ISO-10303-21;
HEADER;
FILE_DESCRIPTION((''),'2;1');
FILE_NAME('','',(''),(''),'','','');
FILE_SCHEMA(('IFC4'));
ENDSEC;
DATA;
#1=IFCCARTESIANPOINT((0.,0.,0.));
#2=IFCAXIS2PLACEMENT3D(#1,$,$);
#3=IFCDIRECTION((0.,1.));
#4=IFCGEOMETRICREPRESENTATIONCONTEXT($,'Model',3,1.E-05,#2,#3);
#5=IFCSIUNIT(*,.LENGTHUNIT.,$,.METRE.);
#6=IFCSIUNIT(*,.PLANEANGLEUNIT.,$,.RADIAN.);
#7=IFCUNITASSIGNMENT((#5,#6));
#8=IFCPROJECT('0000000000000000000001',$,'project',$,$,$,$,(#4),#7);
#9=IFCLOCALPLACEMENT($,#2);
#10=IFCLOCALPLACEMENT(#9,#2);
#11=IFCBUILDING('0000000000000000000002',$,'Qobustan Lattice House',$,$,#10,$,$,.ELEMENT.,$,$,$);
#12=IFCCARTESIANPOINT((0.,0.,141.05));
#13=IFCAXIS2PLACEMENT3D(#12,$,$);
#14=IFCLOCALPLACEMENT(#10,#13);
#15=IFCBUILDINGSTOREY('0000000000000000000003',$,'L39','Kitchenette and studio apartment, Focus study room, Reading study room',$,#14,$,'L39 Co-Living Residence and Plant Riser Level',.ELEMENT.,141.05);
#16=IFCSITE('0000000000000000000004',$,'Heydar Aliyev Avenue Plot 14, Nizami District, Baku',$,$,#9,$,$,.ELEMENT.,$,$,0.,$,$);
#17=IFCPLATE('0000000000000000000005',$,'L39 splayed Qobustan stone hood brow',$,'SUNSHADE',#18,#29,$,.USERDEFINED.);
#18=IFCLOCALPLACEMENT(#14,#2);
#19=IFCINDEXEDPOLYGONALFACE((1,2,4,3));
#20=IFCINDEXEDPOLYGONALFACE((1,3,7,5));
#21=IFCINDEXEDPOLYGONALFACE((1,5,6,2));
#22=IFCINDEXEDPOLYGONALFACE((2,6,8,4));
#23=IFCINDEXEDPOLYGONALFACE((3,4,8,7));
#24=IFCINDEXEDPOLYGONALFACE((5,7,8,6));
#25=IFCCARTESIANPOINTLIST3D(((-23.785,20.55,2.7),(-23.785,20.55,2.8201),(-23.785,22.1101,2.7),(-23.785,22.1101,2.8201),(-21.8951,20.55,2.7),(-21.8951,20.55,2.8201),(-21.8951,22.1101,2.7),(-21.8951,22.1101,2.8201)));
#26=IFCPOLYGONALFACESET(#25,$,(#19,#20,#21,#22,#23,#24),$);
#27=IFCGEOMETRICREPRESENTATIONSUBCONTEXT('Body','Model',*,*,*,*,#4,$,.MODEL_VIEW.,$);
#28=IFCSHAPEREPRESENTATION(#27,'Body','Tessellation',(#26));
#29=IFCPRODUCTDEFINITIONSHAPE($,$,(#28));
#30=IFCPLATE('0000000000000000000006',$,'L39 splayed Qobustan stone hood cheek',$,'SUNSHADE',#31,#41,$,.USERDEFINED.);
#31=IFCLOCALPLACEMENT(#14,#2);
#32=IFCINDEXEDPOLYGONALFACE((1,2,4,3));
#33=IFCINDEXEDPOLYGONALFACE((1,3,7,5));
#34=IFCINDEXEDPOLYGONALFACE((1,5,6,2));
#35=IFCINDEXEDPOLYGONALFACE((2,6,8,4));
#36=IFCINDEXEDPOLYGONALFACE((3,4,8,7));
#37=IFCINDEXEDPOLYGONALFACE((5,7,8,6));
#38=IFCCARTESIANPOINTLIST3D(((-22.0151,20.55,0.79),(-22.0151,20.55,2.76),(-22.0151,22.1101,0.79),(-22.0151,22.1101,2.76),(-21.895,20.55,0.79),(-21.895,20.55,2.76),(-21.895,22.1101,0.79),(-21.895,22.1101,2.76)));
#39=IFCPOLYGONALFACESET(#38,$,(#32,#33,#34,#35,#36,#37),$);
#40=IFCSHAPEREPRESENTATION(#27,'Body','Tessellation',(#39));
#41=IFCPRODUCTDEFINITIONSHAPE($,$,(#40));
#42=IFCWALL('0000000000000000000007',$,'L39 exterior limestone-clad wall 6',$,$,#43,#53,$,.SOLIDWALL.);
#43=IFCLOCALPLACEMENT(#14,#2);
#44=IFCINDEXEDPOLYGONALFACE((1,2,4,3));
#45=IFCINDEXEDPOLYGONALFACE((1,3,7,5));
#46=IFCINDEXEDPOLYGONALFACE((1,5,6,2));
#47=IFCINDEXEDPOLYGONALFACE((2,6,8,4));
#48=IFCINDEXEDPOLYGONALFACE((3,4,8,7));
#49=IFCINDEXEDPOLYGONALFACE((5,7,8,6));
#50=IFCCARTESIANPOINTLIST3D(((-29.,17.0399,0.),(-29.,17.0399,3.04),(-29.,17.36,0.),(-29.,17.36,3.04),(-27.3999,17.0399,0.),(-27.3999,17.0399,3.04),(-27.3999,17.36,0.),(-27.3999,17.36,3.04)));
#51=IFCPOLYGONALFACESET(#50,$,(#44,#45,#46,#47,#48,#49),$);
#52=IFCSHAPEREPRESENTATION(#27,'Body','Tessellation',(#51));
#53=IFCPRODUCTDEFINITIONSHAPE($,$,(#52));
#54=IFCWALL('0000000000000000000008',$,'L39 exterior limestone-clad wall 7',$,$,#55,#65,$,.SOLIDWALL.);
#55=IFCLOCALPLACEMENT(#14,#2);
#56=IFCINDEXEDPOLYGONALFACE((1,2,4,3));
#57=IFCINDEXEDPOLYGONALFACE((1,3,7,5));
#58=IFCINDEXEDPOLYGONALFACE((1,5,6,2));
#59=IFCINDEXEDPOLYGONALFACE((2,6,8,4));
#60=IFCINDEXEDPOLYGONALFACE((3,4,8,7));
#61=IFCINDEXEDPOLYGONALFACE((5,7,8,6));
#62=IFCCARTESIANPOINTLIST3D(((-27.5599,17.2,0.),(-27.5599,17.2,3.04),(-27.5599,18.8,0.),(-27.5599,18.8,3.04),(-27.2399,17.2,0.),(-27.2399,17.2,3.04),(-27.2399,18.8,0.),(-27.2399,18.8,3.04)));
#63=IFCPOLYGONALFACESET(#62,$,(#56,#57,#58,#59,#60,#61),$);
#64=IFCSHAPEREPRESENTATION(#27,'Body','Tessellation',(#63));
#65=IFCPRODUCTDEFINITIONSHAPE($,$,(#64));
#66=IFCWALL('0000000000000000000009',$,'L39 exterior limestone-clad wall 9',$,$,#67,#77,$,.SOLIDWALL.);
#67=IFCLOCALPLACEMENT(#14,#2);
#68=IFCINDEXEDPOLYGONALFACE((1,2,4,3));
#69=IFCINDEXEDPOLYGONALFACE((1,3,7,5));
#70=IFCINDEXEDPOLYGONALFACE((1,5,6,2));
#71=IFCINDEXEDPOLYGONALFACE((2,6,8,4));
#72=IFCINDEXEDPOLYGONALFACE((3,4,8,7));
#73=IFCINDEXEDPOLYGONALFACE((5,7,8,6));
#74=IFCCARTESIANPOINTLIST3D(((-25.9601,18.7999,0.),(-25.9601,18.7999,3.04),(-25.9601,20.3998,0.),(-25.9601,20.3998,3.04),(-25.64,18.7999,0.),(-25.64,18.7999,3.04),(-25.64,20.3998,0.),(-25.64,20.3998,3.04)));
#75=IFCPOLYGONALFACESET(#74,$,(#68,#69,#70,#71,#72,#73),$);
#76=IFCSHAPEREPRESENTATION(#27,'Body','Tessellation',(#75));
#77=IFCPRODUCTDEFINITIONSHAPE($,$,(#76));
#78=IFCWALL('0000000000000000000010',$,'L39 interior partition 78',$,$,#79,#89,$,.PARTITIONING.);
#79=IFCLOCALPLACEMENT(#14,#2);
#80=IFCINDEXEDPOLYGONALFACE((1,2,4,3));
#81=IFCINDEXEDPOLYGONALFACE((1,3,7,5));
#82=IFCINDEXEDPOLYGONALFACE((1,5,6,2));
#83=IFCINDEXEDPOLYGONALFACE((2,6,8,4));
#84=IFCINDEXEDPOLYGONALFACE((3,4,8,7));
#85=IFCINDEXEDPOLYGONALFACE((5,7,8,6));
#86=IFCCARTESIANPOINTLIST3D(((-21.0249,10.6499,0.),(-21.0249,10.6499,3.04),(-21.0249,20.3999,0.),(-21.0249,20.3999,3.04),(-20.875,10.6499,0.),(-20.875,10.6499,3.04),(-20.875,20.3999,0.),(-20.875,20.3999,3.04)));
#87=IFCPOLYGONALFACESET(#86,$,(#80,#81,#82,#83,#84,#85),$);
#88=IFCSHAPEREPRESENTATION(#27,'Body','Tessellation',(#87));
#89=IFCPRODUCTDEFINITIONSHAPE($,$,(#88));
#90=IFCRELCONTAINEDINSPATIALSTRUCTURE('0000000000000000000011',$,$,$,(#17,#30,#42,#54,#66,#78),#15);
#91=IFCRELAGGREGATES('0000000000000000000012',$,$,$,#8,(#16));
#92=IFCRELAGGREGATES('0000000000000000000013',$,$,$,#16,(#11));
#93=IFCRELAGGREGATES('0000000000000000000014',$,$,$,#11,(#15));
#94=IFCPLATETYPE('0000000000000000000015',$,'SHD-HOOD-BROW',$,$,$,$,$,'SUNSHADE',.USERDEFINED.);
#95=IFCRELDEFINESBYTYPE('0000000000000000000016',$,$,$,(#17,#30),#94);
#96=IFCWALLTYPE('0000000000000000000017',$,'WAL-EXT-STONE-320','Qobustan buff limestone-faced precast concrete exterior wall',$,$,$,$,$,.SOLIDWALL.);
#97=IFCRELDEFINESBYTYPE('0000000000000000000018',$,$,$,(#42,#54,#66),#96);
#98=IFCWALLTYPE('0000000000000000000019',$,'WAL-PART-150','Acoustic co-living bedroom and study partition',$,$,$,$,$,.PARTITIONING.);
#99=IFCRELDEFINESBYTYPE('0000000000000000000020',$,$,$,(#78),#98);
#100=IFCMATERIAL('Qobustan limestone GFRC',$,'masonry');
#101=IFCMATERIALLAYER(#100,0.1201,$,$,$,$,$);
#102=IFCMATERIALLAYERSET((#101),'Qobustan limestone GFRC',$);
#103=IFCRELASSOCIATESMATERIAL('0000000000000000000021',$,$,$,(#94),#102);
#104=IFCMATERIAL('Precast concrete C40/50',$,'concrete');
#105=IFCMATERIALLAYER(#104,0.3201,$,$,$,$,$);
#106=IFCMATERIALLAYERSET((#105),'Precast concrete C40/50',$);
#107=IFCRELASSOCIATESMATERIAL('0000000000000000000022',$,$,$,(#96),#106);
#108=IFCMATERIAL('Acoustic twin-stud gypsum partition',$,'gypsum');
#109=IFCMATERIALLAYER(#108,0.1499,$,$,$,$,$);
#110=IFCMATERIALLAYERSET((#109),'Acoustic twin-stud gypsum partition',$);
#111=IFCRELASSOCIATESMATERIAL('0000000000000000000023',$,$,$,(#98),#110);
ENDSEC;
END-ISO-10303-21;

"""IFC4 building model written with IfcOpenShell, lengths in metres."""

from ifc_helpers import new_model, si_unit, direction, frame, frame_2d, origin, origin_2d, place, context, subcontext, project, spatial, rectangle, extrude, material, layer, layer_set, type_object, element, save


model = new_model("IFC4")

# Units and contexts
model_context = context("Model", 3, precision=1e-05, world=origin(), true_north=direction((0.0, 1.0)))
body_context = subcontext(model_context, "Body", "Model", "MODEL_VIEW")
ifc_project = project(units=[si_unit("LENGTHUNIT", "METRE"), si_unit("PLANEANGLEUNIT", "RADIAN")], contexts=[model_context])

# Site, building, storey
site_placement = place(None, origin())
site = spatial("IfcSite", under=ifc_project, at=site_placement, Name="Heydar Aliyev Avenue Plot 14, Nizami District, Baku", CompositionType="ELEMENT", RefElevation=0.0)
building_placement = place(site_placement, origin())
building = spatial("IfcBuilding", under=site, at=building_placement, Name="Qobustan Lattice House", CompositionType="ELEMENT")
storey_placement = place(building_placement, frame((0.0, 0.0, 141.05)))
storey = spatial("IfcBuildingStorey", under=building, at=storey_placement, Name="L39", Description="Kitchenette and studio apartment, Focus study room, Reading study room", LongName="L39 Co-Living Residence and Plant Riser Level", CompositionType="ELEMENT", Elevation=141.05)

# Plates
ifc_material_1 = material(Name="Qobustan limestone GFRC", Category="masonry")
ifc_layer_1 = layer(ifc_material_1, 0.1201)
ifc_layer_set_1 = layer_set([ifc_layer_1], Name="Qobustan limestone GFRC")
plate_type_1 = type_object("IfcPlateType", Name="SHD-HOOD-BROW", ElementType="SUNSHADE", PredefinedType="USERDEFINED", material=ifc_layer_set_1)
plate_1_placement = place(storey_placement, frame((-22.8401, 21.3301, 2.7), z_axis=(0.0, 0.0, 1.0), x_axis=(1.0, 0.0, 0.0)))
element("IfcPlate", 1, at=plate_1_placement, inside=storey, type_object=plate_type_1, Name="L39 splayed Qobustan stone hood brow", ObjectType="SUNSHADE", PredefinedType="USERDEFINED", context=body_context, shape_type="SweptSolid", body=[
    extrude(rectangle(XDim=1.8899, YDim=1.5601, at=origin_2d()), origin(), (0.0, 0.0, 1.0), 0.1201),
])
plate_2_placement = place(storey_placement, frame((-21.9551, 21.3301, 0.79), z_axis=(0.0, 0.0, 1.0), x_axis=(1.0, 0.0, 0.0)))
element("IfcPlate", 2, at=plate_2_placement, inside=storey, type_object=plate_type_1, Name="L39 splayed Qobustan stone hood cheek", ObjectType="SUNSHADE", PredefinedType="USERDEFINED", context=body_context, shape_type="SweptSolid", body=[
    extrude(rectangle(XDim=0.1201, YDim=1.5601, at=origin_2d()), origin(), (0.0, 0.0, 1.0), 1.97),
])

# Walls
ifc_material_2 = material(Name="Precast concrete C40/50", Category="concrete")
ifc_layer_2 = layer(ifc_material_2, 0.3201)
ifc_layer_set_2 = layer_set([ifc_layer_2], Name="Precast concrete C40/50")
wall_type_1 = type_object("IfcWallType", Name="WAL-EXT-STONE-320", Description="Qobustan buff limestone-faced precast concrete exterior wall", PredefinedType="SOLIDWALL", material=ifc_layer_set_2)
for number, where, z_axis, x_axis, name in (
    (3, (-29.0, 17.2, 0.0), (0.0, 0.0, 1.0), (1.0, 0.0, 0.0), "L39 exterior limestone-clad wall 6"),
    (4, (-27.3999, 17.2, 0.0), (0.0, 0.0, 1.0), (0.0, 1.0, 0.0), "L39 exterior limestone-clad wall 7"),
):
    element("IfcWall", number, at=place(storey_placement, frame(where, z_axis=z_axis, x_axis=x_axis)), inside=storey, type_object=wall_type_1, Name=name, PredefinedType="SOLIDWALL", context=body_context, shape_type="SweptSolid", body=[
        extrude(rectangle(XDim=1.6001, YDim=0.3201, at=frame_2d((0.8, 0.0))), origin(), (0.0, 0.0, 1.0), 3.04),
    ])
wall_1_placement = place(storey_placement, frame((-25.8, 18.8, 0.0), z_axis=(0.0, 0.0, 1.0), x_axis=(0.0, 1.0, 0.0)))
element("IfcWall", 5, at=wall_1_placement, inside=storey, type_object=wall_type_1, Name="L39 exterior limestone-clad wall 9", PredefinedType="SOLIDWALL", context=body_context, shape_type="SweptSolid", body=[
    extrude(rectangle(XDim=1.5999, YDim=0.3201, at=frame_2d((0.7998, 0.0))), origin(), (0.0, 0.0, 1.0), 3.04),
])

# Wall
ifc_material_3 = material(Name="Acoustic twin-stud gypsum partition", Category="gypsum")
ifc_layer_3 = layer(ifc_material_3, 0.1499)
ifc_layer_set_3 = layer_set([ifc_layer_3], Name="Acoustic twin-stud gypsum partition")
wall_type_2 = type_object("IfcWallType", Name="WAL-PART-150", Description="Acoustic co-living bedroom and study partition", PredefinedType="PARTITIONING", material=ifc_layer_set_3)
wall_2_placement = place(storey_placement, frame((-20.95, 20.3999, 0.0), z_axis=(0.0, 0.0, 1.0), x_axis=(0.0, -1.0, 0.0)))
element("IfcWall", 6, at=wall_2_placement, inside=storey, type_object=wall_type_2, Name="L39 interior partition 78", PredefinedType="PARTITIONING", context=body_context, shape_type="SweptSolid", body=[
    extrude(rectangle(XDim=9.75, YDim=0.1499, at=frame_2d((4.875, 0.0))), origin(), (0.0, 0.0, 1.0), 3.04),
])

save(model, "model.ifc")
